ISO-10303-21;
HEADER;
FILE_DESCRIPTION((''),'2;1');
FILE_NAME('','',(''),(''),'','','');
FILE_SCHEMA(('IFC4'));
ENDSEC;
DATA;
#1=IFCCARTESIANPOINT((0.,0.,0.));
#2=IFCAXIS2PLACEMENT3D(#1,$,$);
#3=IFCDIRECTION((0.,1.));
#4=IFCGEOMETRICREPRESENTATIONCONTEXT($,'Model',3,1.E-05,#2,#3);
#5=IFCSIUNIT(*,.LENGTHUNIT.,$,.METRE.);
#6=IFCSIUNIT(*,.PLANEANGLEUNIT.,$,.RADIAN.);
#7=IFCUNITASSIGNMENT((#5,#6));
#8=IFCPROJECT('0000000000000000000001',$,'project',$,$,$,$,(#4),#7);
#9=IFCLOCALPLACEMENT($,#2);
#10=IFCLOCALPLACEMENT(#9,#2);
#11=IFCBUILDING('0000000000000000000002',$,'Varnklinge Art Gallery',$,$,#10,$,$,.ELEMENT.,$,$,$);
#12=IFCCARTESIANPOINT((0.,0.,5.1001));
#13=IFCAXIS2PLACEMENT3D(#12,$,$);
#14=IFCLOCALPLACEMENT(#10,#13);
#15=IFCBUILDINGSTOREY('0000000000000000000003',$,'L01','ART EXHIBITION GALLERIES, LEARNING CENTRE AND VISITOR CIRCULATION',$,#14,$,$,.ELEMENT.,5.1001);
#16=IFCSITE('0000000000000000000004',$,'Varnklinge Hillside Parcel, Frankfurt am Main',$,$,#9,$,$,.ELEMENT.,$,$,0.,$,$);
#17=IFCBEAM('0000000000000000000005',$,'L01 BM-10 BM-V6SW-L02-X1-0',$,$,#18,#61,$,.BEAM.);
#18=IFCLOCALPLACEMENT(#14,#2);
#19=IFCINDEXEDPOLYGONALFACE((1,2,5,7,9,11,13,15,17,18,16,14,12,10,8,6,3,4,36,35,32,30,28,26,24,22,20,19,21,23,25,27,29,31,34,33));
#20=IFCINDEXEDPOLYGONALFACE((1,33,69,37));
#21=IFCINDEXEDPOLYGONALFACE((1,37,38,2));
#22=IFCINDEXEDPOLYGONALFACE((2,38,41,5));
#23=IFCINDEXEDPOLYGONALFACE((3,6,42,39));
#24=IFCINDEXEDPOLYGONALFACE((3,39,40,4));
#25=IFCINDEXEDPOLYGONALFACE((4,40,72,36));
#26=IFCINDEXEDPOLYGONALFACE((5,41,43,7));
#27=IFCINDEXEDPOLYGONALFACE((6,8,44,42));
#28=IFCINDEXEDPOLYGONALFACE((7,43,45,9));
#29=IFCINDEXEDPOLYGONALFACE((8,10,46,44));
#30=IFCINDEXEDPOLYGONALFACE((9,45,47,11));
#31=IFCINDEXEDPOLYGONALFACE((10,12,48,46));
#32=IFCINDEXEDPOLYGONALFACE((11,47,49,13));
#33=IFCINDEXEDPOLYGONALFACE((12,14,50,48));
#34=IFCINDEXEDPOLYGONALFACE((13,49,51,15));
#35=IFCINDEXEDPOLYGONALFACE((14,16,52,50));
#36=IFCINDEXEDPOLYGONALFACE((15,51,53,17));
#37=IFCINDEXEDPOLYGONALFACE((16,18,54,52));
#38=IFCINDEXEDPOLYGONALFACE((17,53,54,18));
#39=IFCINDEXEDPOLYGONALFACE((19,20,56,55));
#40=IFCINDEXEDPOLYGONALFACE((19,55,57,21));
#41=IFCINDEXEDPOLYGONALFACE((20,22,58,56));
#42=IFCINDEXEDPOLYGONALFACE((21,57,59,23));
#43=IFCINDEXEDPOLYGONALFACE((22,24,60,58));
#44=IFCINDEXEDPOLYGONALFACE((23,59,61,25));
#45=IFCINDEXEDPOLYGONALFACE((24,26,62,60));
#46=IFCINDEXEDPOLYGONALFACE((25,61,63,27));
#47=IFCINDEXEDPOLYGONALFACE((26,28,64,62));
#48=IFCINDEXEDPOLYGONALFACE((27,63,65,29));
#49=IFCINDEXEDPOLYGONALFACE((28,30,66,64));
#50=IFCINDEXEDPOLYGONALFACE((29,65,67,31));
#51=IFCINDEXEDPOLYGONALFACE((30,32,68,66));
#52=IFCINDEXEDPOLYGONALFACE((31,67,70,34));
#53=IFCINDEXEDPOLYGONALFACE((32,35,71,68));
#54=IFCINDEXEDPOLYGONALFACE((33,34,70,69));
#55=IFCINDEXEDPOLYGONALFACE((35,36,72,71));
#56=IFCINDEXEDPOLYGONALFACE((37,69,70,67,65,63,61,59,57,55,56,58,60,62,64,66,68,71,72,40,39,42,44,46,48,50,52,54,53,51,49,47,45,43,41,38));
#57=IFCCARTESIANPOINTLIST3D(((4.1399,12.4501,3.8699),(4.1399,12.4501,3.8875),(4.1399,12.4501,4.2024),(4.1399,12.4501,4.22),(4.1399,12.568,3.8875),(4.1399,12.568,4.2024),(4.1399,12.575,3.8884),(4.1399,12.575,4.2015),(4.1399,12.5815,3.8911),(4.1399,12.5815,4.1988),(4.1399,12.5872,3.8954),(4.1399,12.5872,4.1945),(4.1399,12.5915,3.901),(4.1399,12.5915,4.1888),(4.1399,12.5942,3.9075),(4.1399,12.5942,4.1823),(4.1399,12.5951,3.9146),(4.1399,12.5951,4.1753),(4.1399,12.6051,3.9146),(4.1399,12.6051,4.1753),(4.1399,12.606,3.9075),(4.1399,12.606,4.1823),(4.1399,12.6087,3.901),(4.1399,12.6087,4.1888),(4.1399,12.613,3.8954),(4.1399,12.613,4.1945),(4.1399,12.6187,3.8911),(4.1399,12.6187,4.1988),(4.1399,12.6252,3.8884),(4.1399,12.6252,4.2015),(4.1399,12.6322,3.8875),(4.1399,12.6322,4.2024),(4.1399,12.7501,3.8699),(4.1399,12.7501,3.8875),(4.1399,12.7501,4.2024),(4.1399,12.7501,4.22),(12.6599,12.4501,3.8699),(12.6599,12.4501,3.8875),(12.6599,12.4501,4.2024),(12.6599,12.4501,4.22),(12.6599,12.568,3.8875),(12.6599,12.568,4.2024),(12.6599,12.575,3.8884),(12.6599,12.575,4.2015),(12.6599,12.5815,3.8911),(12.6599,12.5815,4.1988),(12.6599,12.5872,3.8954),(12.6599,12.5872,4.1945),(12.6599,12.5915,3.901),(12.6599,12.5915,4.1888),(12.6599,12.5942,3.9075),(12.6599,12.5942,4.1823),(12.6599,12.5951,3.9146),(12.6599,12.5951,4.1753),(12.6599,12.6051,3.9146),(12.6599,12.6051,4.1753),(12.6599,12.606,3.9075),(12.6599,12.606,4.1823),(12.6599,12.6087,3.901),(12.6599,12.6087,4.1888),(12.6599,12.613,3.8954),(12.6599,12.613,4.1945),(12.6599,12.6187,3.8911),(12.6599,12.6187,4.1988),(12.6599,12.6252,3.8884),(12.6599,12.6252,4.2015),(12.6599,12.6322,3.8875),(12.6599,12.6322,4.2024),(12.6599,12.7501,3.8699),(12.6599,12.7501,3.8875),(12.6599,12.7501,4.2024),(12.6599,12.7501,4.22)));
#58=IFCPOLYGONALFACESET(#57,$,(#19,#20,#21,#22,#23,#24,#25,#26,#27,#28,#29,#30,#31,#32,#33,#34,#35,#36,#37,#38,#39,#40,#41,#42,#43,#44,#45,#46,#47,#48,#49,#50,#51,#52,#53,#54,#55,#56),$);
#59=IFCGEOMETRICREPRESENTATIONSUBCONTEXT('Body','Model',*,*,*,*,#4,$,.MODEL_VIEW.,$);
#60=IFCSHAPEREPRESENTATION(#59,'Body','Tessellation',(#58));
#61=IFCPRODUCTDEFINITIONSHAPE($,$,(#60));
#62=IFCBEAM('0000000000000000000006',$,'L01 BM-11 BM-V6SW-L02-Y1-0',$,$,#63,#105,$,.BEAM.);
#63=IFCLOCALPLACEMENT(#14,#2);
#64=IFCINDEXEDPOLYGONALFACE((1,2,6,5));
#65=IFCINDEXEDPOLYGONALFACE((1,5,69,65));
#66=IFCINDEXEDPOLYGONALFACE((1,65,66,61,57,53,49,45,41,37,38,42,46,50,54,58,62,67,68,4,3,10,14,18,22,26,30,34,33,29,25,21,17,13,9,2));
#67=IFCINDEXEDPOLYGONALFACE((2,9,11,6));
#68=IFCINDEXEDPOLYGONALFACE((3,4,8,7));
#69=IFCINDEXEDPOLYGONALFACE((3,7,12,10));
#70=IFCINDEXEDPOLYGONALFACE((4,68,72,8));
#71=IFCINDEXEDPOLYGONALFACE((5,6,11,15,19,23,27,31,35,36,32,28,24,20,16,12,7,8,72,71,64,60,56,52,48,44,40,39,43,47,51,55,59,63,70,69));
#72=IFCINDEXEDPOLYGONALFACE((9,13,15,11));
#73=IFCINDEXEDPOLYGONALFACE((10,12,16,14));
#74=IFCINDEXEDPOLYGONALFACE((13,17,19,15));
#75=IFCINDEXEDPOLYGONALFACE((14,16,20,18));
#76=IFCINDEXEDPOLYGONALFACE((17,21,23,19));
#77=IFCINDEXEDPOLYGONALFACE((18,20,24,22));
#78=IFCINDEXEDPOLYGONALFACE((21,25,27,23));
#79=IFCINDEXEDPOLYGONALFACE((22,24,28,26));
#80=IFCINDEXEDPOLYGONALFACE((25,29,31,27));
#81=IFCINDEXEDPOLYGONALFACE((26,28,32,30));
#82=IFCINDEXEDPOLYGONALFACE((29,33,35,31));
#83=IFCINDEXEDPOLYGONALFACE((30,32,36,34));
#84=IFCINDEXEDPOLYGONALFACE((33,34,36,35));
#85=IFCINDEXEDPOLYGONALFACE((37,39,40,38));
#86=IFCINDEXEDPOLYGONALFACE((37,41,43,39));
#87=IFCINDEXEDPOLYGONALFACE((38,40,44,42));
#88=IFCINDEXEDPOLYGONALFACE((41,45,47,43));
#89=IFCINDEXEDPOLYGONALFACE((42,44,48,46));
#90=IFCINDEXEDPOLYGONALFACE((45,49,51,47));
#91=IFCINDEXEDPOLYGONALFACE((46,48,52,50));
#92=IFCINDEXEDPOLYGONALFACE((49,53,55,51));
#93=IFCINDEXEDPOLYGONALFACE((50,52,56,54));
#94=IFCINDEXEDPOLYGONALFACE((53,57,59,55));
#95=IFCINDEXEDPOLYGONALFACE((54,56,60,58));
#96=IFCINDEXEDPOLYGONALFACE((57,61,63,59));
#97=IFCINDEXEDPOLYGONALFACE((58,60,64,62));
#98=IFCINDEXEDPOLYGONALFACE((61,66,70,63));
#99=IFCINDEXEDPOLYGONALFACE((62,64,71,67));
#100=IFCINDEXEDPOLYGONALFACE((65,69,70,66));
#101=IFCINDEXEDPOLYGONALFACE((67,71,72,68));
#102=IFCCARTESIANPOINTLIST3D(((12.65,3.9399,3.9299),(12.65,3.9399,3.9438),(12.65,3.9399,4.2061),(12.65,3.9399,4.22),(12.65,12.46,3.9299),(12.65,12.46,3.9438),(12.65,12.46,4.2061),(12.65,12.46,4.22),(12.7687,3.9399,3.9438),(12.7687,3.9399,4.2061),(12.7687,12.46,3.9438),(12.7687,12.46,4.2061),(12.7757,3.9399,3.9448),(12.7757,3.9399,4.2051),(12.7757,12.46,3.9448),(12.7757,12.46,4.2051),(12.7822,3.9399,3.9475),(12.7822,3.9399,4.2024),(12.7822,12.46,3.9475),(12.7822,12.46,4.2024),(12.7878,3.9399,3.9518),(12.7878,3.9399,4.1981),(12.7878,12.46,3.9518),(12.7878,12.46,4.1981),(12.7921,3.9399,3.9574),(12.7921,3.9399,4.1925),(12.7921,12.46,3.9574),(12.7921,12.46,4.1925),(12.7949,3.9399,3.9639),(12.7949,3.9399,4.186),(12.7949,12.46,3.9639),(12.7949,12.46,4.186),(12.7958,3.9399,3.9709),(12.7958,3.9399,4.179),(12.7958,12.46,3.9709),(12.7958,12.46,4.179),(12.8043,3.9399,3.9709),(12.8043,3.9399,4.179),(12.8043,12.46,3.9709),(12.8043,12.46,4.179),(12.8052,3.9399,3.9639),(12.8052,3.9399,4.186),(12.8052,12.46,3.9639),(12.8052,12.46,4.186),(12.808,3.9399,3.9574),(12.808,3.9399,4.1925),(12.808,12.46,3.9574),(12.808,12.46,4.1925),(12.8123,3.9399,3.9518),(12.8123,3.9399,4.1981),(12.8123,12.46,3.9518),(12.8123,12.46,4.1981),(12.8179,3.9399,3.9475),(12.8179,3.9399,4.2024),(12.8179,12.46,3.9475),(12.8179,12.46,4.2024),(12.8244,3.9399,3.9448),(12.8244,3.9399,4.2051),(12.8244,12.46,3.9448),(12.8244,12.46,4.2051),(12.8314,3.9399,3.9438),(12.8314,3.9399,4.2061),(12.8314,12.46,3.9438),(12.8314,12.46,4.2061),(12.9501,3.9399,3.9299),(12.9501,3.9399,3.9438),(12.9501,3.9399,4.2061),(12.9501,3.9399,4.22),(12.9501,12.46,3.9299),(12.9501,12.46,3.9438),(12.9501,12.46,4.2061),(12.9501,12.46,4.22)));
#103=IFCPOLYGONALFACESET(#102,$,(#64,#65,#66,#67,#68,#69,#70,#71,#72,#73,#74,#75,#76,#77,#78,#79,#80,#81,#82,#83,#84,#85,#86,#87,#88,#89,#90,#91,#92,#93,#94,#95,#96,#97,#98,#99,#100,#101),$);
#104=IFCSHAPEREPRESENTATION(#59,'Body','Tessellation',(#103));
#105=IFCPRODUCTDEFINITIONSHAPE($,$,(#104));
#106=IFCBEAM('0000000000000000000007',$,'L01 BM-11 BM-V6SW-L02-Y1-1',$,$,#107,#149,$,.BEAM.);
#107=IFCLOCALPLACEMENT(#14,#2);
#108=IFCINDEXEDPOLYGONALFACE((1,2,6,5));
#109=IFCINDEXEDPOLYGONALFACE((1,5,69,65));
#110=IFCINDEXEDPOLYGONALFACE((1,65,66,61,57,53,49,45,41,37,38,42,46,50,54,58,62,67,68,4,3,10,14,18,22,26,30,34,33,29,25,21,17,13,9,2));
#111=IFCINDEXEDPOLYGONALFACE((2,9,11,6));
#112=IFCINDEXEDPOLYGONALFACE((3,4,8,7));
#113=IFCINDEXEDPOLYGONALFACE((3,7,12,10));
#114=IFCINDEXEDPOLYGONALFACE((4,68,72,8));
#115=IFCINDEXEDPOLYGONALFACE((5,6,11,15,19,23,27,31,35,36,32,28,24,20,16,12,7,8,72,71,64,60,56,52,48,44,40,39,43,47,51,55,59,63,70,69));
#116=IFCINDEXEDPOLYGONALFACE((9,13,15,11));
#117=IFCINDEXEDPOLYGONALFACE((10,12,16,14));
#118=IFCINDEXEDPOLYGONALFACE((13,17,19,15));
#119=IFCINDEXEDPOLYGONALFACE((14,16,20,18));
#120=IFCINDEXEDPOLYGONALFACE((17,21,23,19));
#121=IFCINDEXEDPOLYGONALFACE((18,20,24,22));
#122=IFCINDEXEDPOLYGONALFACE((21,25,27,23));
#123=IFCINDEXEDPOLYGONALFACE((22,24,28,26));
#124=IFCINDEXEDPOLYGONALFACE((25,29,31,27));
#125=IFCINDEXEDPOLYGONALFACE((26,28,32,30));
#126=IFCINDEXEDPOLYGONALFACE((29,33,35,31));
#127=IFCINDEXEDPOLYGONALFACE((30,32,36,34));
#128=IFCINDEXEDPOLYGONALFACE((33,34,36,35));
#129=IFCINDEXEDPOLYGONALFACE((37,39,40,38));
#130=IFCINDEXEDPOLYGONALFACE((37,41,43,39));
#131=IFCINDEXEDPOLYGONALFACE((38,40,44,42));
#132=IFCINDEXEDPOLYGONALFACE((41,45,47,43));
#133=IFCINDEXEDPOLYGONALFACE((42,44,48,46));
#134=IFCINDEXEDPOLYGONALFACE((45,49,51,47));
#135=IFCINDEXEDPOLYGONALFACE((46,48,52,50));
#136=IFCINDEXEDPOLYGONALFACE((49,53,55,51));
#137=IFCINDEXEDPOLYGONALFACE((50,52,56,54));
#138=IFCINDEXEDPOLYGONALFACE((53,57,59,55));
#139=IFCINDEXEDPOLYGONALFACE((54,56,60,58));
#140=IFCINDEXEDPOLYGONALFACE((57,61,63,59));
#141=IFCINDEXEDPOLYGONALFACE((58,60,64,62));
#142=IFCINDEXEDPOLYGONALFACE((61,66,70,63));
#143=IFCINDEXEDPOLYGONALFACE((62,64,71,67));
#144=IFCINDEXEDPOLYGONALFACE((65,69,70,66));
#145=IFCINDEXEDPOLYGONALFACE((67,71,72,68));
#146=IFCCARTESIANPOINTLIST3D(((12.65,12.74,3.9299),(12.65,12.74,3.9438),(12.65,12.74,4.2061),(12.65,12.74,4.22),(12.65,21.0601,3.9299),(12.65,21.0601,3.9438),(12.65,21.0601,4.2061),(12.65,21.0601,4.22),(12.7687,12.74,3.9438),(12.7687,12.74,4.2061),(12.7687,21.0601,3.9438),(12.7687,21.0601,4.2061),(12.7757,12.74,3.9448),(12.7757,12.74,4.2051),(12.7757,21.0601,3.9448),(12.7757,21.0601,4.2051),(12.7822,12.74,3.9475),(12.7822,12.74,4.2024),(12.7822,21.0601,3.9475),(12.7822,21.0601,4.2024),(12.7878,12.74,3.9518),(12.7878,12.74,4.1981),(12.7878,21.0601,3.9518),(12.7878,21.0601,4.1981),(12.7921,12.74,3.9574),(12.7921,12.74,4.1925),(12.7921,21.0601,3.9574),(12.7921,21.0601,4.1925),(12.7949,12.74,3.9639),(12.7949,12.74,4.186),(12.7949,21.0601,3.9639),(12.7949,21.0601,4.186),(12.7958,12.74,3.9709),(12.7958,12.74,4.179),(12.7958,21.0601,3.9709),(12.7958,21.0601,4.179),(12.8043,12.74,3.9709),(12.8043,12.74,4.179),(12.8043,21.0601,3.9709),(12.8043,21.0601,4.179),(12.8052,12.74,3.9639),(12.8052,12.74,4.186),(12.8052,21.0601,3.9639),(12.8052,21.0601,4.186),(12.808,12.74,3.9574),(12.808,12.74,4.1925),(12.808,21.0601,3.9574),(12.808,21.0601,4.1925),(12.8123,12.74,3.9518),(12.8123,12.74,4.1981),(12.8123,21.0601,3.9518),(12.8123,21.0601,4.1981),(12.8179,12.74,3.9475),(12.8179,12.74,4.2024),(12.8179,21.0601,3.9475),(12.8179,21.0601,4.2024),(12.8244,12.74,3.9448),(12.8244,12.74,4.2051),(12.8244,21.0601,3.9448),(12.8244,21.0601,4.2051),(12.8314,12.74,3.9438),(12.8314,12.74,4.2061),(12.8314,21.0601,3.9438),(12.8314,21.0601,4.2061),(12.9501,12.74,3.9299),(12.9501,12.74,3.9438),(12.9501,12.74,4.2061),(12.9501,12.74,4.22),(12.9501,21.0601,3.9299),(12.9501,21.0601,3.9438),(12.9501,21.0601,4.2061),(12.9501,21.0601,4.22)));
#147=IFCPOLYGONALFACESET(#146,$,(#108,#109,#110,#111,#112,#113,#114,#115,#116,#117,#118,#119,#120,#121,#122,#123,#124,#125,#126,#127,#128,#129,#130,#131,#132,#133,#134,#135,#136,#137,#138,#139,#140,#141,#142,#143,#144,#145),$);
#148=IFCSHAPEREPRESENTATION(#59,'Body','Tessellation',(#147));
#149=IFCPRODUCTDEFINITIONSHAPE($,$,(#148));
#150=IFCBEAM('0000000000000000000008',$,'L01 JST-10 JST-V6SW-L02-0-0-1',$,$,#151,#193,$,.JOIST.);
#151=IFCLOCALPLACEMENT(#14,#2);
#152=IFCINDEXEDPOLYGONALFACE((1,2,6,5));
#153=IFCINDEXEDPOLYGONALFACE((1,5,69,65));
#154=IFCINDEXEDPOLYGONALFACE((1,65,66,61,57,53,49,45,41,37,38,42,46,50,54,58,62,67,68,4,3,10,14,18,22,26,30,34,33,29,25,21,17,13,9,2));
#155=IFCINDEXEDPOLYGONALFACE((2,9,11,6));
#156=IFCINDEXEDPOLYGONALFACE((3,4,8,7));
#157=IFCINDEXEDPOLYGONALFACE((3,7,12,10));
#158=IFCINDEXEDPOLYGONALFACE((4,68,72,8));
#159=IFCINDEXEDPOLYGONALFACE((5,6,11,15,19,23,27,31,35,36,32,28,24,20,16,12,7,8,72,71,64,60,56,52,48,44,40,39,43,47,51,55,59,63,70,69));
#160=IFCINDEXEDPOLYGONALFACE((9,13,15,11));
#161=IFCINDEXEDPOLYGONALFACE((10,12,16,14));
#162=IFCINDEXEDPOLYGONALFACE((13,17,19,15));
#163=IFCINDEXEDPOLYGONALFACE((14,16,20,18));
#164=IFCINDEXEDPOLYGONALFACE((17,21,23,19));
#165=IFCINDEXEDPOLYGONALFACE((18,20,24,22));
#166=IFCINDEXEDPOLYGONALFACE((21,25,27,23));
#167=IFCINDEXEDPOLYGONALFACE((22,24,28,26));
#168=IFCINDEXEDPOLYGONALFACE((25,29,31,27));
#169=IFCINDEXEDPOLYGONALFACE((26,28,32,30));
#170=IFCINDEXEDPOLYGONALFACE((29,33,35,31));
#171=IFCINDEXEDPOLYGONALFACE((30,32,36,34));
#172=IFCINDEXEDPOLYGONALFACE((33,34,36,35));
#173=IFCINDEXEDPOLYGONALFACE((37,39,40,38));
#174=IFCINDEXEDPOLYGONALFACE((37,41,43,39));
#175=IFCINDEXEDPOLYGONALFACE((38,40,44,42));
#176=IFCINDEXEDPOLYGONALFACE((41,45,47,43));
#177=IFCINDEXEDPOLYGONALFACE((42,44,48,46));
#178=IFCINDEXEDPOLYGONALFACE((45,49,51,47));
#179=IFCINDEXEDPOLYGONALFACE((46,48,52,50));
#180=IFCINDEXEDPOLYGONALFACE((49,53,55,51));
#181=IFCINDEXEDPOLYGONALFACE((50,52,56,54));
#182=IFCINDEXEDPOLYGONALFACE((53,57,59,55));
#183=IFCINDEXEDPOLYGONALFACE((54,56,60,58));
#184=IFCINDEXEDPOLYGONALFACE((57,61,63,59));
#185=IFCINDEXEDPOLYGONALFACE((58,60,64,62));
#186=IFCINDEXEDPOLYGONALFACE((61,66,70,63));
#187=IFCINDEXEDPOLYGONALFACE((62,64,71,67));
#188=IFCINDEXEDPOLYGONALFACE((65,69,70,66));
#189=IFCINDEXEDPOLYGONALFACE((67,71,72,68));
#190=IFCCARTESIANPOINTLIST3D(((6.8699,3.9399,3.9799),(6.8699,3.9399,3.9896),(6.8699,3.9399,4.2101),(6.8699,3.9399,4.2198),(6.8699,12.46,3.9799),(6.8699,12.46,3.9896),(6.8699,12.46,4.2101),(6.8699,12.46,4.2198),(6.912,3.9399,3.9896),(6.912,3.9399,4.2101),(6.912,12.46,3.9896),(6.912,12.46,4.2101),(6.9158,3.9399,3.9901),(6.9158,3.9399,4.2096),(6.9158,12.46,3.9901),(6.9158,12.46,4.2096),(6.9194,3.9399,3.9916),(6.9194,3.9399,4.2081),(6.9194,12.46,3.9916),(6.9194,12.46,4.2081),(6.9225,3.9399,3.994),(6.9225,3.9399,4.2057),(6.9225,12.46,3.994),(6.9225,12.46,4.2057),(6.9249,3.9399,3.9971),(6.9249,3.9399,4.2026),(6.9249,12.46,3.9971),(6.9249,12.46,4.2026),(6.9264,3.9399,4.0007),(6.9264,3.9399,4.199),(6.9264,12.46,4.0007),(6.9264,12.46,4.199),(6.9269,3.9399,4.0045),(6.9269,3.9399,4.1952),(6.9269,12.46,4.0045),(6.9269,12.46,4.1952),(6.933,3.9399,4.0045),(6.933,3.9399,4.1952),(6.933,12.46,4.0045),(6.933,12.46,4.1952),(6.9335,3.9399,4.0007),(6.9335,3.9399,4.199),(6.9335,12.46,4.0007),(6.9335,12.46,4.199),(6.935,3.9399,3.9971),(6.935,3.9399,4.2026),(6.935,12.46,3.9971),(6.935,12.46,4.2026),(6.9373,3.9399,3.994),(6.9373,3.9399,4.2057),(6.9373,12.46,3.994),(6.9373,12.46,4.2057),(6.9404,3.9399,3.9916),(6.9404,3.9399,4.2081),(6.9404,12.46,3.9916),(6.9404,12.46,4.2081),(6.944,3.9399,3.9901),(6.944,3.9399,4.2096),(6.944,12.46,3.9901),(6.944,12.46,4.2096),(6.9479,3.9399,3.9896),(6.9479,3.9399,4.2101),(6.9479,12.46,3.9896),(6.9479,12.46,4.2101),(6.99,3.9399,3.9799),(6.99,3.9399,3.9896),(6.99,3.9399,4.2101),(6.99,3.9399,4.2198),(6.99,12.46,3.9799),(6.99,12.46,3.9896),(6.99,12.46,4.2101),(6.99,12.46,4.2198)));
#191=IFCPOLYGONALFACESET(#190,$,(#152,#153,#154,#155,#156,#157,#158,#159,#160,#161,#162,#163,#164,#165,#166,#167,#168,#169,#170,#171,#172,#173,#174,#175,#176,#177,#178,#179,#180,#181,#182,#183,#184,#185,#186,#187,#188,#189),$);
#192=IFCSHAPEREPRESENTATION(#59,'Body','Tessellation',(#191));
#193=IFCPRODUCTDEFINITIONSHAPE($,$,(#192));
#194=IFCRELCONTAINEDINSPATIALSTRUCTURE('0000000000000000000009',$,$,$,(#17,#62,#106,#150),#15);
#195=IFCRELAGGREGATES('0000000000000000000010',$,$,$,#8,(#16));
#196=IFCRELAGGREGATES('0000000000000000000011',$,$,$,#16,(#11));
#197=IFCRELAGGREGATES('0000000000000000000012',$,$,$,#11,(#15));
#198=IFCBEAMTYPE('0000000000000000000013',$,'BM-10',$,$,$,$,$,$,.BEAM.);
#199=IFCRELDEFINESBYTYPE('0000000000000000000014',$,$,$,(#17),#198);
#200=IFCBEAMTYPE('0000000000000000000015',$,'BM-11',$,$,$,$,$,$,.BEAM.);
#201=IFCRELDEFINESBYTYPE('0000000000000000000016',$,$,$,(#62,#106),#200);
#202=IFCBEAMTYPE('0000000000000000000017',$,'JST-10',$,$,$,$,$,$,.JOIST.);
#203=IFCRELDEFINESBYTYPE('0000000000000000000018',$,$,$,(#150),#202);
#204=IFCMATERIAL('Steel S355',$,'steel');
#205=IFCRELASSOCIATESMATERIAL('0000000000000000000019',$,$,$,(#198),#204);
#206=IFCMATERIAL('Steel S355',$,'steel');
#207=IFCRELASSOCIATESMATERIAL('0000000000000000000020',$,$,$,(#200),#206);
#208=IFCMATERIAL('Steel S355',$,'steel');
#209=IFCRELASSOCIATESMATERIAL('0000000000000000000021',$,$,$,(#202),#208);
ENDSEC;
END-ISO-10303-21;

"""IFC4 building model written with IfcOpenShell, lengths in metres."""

from ifc_helpers import new_model, si_unit, direction, frame, origin, origin_2d, place, context, subcontext, project, spatial, i_section, extrude, material, material_profile, profile_set, type_object, element, save


model = new_model("IFC4")

# Units and contexts
model_context = context("Model", 3, precision=1e-05, world=origin(), true_north=direction((0.0, 1.0)))
body_context = subcontext(model_context, "Body", "Model", "MODEL_VIEW")
ifc_project = project(units=[si_unit("LENGTHUNIT", "METRE"), si_unit("PLANEANGLEUNIT", "RADIAN")], contexts=[model_context])

# Site, building, storey
site_placement = place(None, origin())
site = spatial("IfcSite", under=ifc_project, at=site_placement, Name="Varnklinge Hillside Parcel, Frankfurt am Main", CompositionType="ELEMENT", RefElevation=0.0)
building_placement = place(site_placement, origin())
building = spatial("IfcBuilding", under=site, at=building_placement, Name="Varnklinge Art Gallery", CompositionType="ELEMENT")
storey_placement = place(building_placement, frame((0.0, 0.0, 5.1001)))
storey = spatial("IfcBuildingStorey", under=building, at=storey_placement, Name="L01", Description="ART EXHIBITION GALLERIES, LEARNING CENTRE AND VISITOR CIRCULATION", CompositionType="ELEMENT", Elevation=5.1001)

# Beams
ifc_material_1 = material(Name="Steel S355", Category="steel")
ifc_material_profile_1 = material_profile(ifc_material_1, i_section(OverallWidth=0.3, OverallDepth=0.3501, WebThickness=0.01, FlangeThickness=0.0176, FilletRadius=0.0271, at=origin_2d()), Name="HEA 360")
ifc_profile_set_1 = profile_set([ifc_material_profile_1], Name="Steel S355")
beam_type_1 = type_object("IfcBeamType", Name="BM-10", PredefinedType="BEAM", material=ifc_profile_set_1)
beam_1_placement = place(storey_placement, frame((4.1399, 12.6001, 4.0449), z_axis=(1.0, 0.0, 0.0), x_axis=(0.0, 1.0, 0.0)))
element("IfcBeam", 1, at=beam_1_placement, inside=storey, type_object=beam_type_1, Name="L01 BM-10 BM-V6SW-L02-X1-0", PredefinedType="BEAM", context=body_context, shape_type="SweptSolid", body=[
    extrude(i_section(OverallWidth=0.3, OverallDepth=0.3501, WebThickness=0.01, FlangeThickness=0.0176, FilletRadius=0.0271, at=origin_2d()), origin(), (0.0, 0.0, 1.0), 8.52),
])
ifc_material_2 = material(Name="Steel S355", Category="steel")
ifc_material_profile_2 = material_profile(ifc_material_2, i_section(OverallWidth=0.3, OverallDepth=0.29, WebThickness=0.0085, FlangeThickness=0.0139, FilletRadius=0.0271, at=origin_2d()), Name="HEA 300")
ifc_profile_set_2 = profile_set([ifc_material_profile_2], Name="Steel S355")
beam_type_2 = type_object("IfcBeamType", Name="BM-11", PredefinedType="BEAM", material=ifc_profile_set_2)
beam_2_placement = place(storey_placement, frame((12.8, 3.9399, 4.075), z_axis=(0.0, 1.0, 0.0), x_axis=(-1.0, 0.0, 0.0)))
element("IfcBeam", 2, at=beam_2_placement, inside=storey, type_object=beam_type_2, Name="L01 BM-11 BM-V6SW-L02-Y1-0", PredefinedType="BEAM", context=body_context, shape_type="SweptSolid", body=[
    extrude(i_section(OverallWidth=0.3, OverallDepth=0.29, WebThickness=0.0085, FlangeThickness=0.0139, FilletRadius=0.0271, at=origin_2d()), origin(), (0.0, 0.0, 1.0), 8.52),
])
beam_3_placement = place(storey_placement, frame((12.8, 12.74, 4.075), z_axis=(0.0, 1.0, 0.0), x_axis=(-1.0, 0.0, 0.0)))
element("IfcBeam", 3, at=beam_3_placement, inside=storey, type_object=beam_type_2, Name="L01 BM-11 BM-V6SW-L02-Y1-1", PredefinedType="BEAM", context=body_context, shape_type="SweptSolid", body=[
    extrude(i_section(OverallWidth=0.3, OverallDepth=0.29, WebThickness=0.0085, FlangeThickness=0.0139, FilletRadius=0.0271, at=origin_2d()), origin(), (0.0, 0.0, 1.0), 8.3201),
])
ifc_material_3 = material(Name="Steel S355", Category="steel")
ifc_material_profile_3 = material_profile(ifc_material_3, i_section(OverallWidth=0.1201, OverallDepth=0.24, WebThickness=0.0061, FlangeThickness=0.0098, FilletRadius=0.0149, at=origin_2d()), Name="IPE 240")
ifc_profile_set_3 = profile_set([ifc_material_profile_3], Name="Steel S355")
beam_type_3 = type_object("IfcBeamType", Name="JST-10", PredefinedType="JOIST", material=ifc_profile_set_3)
for number, where, z_axis, x_axis, name in (
    (4, (6.9299, 3.9399, 4.0999), (0.0, 1.0, 0.0), (-1.0, 0.0, 0.0), "L01 JST-10 JST-V6SW-L02-0-0-1"),
):
    element("IfcBeam", number, at=place(storey_placement, frame(where, z_axis=z_axis, x_axis=x_axis)), inside=storey, type_object=beam_type_3, Name=name, PredefinedType="JOIST", context=body_context, shape_type="SweptSolid", body=[
        extrude(i_section(OverallWidth=0.1201, OverallDepth=0.24, WebThickness=0.0061, FlangeThickness=0.0098, FilletRadius=0.0149, at=origin_2d()), origin(), (0.0, 0.0, 1.0), 8.52),
    ])

save(model, "model.ifc")
